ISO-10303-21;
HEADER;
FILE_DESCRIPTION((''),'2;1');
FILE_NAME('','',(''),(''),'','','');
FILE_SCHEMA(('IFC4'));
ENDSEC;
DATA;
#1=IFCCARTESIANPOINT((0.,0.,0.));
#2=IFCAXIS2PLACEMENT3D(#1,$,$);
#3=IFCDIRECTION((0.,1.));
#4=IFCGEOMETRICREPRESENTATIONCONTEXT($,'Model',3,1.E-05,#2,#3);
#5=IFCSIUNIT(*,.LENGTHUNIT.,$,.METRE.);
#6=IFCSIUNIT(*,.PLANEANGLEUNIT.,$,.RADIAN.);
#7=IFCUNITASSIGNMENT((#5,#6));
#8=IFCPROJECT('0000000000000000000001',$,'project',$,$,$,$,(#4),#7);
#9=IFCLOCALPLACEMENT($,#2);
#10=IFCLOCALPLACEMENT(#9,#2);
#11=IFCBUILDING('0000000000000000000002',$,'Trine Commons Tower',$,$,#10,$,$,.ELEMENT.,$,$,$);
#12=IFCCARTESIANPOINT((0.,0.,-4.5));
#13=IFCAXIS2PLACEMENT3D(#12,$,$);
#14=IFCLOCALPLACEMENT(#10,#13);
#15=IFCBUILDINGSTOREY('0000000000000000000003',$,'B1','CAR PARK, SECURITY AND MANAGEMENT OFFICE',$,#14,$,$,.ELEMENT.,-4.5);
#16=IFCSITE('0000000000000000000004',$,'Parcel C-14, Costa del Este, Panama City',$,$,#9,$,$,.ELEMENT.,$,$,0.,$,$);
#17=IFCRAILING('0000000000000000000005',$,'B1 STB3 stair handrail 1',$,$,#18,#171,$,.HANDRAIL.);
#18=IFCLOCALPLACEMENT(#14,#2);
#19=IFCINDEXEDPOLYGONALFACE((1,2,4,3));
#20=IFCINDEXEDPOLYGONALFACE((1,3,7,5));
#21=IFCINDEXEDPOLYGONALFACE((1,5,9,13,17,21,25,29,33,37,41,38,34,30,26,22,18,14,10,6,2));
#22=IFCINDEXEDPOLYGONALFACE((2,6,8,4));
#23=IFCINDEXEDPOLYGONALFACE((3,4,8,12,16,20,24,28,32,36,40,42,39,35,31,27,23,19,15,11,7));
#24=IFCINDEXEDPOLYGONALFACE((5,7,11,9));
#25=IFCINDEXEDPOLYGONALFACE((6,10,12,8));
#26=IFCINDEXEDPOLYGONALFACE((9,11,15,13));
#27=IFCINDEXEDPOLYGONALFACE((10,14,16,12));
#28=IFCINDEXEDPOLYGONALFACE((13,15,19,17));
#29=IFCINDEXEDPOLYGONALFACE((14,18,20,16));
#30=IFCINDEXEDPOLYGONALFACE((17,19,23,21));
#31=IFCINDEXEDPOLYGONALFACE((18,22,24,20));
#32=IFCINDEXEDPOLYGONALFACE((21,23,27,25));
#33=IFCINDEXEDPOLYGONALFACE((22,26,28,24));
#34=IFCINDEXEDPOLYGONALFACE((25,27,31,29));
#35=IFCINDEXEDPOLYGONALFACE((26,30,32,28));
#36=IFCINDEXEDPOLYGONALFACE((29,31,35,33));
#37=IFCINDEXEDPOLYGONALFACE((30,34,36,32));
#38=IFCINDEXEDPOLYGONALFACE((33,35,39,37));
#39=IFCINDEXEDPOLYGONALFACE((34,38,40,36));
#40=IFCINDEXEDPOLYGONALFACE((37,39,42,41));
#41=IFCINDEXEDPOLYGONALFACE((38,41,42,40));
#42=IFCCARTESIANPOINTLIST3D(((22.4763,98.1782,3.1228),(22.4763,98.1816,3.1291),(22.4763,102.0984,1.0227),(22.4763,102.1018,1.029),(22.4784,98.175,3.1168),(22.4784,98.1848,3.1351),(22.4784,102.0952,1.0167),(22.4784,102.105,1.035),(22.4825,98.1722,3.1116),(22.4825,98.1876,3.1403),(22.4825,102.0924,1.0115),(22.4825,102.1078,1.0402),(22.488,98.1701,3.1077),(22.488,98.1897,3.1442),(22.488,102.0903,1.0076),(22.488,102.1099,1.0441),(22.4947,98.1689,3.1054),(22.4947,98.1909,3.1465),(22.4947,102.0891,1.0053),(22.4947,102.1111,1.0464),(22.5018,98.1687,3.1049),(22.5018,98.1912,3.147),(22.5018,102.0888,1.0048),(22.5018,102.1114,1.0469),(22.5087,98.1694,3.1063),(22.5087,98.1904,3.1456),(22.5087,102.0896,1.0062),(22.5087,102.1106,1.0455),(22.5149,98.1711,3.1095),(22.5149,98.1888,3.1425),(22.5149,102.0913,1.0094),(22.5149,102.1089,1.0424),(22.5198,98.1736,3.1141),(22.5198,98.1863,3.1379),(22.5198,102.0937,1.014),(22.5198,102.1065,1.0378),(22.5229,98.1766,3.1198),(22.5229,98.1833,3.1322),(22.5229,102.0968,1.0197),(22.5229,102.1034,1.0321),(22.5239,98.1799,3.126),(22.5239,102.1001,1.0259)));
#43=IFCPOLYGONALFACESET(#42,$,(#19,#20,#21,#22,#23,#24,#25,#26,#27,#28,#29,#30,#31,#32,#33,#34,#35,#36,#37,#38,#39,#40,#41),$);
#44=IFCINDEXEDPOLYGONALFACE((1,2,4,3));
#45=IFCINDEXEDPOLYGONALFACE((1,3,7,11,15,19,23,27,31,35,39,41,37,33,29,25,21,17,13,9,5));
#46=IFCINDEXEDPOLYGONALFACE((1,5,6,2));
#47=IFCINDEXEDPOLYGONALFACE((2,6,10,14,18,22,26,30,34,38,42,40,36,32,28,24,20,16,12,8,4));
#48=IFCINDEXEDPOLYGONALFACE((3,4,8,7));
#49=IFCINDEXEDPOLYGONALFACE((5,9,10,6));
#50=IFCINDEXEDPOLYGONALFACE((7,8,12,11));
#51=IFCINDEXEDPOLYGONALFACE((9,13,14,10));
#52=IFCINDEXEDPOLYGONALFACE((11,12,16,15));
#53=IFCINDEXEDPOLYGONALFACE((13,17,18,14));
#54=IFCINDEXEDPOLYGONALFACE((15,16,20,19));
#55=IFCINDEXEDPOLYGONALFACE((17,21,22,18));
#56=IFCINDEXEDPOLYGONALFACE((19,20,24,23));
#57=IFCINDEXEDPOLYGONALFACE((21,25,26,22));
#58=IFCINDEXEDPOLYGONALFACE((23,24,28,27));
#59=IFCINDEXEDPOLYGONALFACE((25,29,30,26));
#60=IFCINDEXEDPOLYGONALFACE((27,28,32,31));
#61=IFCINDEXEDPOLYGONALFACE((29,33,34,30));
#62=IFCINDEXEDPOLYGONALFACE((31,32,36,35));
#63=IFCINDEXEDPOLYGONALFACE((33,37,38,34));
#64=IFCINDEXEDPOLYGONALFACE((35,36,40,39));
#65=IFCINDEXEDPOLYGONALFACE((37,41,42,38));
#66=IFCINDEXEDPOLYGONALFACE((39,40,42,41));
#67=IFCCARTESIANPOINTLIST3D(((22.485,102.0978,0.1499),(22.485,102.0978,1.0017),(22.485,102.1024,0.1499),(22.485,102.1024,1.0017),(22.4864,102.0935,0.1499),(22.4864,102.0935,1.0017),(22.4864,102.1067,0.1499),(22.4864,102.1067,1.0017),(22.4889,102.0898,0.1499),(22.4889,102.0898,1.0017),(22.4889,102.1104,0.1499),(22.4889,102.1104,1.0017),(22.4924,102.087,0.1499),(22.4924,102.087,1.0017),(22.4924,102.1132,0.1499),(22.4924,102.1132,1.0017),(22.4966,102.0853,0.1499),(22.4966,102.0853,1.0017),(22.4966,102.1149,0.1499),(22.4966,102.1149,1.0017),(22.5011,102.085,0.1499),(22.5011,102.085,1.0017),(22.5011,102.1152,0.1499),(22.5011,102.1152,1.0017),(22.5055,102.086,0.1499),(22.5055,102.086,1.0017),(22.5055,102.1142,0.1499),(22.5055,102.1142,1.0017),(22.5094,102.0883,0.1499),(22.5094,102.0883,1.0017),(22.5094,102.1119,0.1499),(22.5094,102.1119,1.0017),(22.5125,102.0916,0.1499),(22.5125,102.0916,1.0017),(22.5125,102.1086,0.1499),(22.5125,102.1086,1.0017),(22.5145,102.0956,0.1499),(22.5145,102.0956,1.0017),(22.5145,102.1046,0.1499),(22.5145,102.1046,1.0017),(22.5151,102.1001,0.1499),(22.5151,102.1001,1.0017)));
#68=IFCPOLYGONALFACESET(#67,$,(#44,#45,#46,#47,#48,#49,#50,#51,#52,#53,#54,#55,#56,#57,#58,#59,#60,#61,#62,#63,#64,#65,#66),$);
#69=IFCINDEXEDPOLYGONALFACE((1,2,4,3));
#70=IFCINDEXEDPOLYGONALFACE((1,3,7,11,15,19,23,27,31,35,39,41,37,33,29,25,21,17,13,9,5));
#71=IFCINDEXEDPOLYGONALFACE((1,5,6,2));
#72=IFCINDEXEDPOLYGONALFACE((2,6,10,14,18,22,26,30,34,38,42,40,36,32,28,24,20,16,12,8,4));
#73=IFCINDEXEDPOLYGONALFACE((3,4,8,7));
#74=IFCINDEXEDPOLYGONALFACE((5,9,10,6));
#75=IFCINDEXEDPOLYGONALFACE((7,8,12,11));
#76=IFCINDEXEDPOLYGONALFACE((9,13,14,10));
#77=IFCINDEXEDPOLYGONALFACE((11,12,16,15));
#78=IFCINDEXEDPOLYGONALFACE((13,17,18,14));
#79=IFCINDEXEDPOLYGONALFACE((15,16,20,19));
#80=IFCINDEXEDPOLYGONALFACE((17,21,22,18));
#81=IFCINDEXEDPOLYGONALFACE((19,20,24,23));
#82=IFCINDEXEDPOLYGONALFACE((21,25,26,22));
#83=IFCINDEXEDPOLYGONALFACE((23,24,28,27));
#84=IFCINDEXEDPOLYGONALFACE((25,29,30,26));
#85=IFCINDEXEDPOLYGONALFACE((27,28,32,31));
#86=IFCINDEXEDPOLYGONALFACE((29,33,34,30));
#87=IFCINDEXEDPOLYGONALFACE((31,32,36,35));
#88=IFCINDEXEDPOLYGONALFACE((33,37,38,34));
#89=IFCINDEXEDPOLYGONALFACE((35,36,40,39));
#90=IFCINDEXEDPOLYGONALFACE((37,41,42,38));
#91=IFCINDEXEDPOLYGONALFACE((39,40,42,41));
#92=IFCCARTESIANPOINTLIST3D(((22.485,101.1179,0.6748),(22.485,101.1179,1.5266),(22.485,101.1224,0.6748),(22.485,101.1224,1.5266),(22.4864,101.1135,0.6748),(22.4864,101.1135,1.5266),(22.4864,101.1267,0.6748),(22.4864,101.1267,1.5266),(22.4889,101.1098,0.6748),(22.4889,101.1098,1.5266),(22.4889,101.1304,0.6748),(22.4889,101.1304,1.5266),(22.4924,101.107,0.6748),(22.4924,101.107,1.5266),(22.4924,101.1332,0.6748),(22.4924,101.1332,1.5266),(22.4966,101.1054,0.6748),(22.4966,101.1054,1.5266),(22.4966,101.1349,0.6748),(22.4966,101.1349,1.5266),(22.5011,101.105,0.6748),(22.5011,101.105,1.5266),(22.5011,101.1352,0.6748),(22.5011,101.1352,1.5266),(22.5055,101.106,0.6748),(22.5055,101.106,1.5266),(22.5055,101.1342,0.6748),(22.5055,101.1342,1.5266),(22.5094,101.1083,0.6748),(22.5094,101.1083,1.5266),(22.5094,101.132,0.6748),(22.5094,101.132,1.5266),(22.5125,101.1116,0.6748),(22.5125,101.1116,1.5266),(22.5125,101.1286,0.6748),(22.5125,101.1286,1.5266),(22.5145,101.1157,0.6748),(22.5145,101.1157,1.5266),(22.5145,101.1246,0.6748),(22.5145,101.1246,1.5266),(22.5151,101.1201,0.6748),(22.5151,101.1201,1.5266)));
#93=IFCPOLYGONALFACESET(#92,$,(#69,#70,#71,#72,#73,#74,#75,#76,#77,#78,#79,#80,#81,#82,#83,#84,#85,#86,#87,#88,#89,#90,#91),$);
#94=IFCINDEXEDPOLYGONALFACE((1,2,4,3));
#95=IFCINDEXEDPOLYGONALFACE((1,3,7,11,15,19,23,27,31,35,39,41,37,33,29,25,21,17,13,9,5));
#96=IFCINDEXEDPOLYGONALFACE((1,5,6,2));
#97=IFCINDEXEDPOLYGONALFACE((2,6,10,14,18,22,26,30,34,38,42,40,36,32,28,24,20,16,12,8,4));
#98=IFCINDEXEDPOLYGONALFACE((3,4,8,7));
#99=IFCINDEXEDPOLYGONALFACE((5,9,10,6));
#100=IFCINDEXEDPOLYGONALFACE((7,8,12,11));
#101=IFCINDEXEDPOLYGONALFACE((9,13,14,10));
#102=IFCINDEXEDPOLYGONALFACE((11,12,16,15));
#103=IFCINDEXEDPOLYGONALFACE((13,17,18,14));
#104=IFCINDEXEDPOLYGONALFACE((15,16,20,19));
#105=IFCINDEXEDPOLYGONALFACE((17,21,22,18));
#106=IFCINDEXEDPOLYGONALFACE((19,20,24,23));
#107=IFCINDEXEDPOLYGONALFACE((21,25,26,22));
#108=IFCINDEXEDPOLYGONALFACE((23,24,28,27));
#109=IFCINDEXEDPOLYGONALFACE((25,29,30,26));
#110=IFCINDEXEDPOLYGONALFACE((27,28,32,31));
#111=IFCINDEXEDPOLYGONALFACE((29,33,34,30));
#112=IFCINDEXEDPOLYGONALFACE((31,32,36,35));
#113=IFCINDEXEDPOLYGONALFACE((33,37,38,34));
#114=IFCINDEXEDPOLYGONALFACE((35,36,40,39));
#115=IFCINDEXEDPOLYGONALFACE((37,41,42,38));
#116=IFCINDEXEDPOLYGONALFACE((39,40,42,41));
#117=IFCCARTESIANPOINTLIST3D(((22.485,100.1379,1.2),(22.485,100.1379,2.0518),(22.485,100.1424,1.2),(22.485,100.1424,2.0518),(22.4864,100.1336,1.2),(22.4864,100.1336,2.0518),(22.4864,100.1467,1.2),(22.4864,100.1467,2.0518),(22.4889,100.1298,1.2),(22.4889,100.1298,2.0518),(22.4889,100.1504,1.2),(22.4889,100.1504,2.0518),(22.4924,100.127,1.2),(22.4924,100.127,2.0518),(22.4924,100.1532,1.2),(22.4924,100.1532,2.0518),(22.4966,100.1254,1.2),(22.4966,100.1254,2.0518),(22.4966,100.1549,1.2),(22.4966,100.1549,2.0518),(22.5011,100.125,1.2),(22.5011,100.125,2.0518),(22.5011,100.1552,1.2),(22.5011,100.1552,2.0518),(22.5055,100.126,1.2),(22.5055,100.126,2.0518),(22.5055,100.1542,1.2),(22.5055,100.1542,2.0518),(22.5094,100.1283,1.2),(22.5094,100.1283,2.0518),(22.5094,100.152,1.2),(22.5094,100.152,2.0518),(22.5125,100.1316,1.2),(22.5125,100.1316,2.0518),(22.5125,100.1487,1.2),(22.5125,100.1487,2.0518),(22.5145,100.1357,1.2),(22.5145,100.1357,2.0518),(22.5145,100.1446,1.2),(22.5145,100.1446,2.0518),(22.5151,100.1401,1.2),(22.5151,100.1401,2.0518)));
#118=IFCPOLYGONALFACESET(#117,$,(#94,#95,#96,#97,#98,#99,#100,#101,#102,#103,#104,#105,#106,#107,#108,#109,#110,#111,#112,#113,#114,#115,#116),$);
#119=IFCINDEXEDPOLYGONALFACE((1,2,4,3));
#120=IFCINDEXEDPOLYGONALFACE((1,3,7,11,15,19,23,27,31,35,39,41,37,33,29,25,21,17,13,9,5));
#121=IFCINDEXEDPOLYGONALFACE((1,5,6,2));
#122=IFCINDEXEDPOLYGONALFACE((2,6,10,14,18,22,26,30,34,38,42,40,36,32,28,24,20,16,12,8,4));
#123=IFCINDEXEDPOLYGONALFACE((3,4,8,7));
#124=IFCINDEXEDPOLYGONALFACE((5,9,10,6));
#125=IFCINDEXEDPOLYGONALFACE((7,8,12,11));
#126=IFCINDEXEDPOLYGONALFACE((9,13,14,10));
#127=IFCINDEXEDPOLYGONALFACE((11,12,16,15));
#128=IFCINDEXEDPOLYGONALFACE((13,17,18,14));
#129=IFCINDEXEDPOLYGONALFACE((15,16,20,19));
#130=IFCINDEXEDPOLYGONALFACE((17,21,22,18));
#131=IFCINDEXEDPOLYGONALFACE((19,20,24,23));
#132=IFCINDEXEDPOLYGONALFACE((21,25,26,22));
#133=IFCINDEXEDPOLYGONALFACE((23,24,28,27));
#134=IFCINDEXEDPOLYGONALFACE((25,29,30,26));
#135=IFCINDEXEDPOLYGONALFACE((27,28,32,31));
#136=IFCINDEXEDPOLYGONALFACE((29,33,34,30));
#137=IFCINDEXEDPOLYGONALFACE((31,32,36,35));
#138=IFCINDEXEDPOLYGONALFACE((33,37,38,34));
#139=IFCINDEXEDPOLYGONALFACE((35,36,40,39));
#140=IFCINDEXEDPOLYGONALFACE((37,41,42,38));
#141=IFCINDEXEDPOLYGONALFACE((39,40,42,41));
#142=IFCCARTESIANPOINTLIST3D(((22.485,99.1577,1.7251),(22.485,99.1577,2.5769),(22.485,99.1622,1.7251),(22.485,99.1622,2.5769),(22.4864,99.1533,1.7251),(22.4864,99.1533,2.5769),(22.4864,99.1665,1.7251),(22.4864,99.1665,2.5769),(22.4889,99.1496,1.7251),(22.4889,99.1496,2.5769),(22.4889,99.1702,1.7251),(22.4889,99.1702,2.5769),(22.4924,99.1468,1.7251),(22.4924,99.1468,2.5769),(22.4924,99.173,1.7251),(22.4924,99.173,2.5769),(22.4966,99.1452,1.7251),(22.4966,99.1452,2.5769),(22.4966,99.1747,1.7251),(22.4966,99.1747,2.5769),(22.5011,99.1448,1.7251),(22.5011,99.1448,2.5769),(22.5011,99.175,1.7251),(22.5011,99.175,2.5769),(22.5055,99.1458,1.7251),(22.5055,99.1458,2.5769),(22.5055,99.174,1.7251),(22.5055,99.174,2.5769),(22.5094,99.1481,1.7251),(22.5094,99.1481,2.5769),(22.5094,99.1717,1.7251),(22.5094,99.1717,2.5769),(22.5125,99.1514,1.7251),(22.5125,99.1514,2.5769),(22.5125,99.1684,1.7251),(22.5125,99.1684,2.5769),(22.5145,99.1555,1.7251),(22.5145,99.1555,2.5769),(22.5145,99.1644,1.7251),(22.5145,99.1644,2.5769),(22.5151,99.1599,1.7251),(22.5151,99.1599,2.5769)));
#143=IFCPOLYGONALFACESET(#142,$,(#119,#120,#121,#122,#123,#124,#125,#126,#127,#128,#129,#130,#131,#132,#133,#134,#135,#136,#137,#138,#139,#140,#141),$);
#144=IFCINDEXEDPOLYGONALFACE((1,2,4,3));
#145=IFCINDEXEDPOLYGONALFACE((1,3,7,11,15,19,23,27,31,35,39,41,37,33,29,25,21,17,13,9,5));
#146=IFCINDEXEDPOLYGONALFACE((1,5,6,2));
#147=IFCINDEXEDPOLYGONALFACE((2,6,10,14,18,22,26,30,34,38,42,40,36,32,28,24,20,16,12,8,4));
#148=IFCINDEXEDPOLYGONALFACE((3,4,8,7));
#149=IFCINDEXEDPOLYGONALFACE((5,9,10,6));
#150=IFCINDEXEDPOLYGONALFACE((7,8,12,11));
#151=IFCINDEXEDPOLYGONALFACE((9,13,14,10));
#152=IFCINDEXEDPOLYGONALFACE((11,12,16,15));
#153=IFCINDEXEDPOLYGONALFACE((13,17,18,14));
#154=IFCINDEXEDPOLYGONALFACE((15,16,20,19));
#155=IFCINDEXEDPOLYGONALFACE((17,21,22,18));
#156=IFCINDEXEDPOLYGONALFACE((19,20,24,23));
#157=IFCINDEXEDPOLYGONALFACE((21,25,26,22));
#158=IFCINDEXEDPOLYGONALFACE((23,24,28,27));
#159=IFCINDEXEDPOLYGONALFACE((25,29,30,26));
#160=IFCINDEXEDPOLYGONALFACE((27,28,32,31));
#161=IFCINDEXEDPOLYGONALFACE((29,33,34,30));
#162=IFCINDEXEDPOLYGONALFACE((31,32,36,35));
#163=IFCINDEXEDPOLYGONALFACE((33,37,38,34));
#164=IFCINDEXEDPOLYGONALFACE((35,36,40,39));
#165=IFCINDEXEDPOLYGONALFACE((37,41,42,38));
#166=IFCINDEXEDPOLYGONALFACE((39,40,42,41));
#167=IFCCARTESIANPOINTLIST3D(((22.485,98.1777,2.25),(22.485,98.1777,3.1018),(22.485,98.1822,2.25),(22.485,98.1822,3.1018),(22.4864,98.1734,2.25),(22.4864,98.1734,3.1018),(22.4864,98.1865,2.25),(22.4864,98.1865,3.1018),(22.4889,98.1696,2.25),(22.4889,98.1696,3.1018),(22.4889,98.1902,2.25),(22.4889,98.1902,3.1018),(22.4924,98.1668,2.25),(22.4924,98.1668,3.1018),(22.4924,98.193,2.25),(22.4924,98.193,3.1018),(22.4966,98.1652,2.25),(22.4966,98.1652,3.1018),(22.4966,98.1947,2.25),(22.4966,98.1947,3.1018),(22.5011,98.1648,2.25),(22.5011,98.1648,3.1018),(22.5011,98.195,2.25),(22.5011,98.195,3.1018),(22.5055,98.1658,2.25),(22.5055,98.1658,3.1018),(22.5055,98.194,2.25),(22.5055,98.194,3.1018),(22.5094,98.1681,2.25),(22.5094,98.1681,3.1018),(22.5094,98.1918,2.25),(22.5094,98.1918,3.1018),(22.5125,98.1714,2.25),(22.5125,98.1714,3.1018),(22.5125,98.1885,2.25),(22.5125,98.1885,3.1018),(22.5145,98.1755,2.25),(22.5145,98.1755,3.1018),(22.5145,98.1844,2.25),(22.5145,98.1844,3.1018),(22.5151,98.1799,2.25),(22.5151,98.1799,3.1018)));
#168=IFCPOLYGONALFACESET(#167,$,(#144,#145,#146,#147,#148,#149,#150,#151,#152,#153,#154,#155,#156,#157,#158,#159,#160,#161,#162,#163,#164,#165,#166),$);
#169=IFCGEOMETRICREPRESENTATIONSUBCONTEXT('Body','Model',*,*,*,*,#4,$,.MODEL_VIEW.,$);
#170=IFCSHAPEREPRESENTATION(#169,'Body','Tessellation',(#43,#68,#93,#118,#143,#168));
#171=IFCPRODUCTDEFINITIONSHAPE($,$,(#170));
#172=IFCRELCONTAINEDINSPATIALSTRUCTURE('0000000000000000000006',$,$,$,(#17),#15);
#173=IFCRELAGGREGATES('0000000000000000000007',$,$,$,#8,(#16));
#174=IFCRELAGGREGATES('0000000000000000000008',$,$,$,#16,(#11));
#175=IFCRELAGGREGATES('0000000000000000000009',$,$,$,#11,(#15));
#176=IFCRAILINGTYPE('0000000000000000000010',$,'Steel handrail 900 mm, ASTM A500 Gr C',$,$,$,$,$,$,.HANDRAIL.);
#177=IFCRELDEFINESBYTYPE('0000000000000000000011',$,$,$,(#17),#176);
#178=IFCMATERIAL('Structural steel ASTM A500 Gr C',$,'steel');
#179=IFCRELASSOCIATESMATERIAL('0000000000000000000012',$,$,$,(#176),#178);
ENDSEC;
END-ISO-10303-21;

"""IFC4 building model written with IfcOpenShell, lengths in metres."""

from ifc_helpers import new_model, si_unit, direction, frame, origin, origin_2d, place, context, subcontext, project, spatial, circle, extrude, material, type_object, element, save


model = new_model("IFC4")

# Units and contexts
model_context = context("Model", 3, precision=1e-05, world=origin(), true_north=direction((0.0, 1.0)))
body_context = subcontext(model_context, "Body", "Model", "MODEL_VIEW")
ifc_project = project(units=[si_unit("LENGTHUNIT", "METRE"), si_unit("PLANEANGLEUNIT", "RADIAN")], contexts=[model_context])

# Site, building, storey
site_placement = place(None, origin())
site = spatial("IfcSite", under=ifc_project, at=site_placement, Name="Parcel C-14, Costa del Este, Panama City", CompositionType="ELEMENT", RefElevation=0.0)
building_placement = place(site_placement, origin())
building = spatial("IfcBuilding", under=site, at=building_placement, Name="Trine Commons Tower", CompositionType="ELEMENT")
storey_placement = place(building_placement, frame((0.0, 0.0, -4.5)))
storey = spatial("IfcBuildingStorey", under=building, at=storey_placement, Name="B1", Description="CAR PARK, SECURITY AND MANAGEMENT OFFICE", CompositionType="ELEMENT", Elevation=-4.5)

# Railing
ifc_material_1 = material(Name="Structural steel ASTM A500 Gr C", Category="steel")
railing_type_1 = type_object("IfcRailingType", Name="Steel handrail 900 mm, ASTM A500 Gr C", PredefinedType="HANDRAIL", material=ifc_material_1)
railing_1_placement = place(storey_placement, frame((22.5, 102.1001, 0.1499)))
element("IfcRailing", 1, at=railing_1_placement, inside=storey, type_object=railing_type_1, Name="B1 STB3 stair handrail 1", PredefinedType="HANDRAIL", context=body_context, shape_type="SweptSolid", body=[
    extrude(circle(Radius=0.0239, at=origin_2d()), frame((0.0, 0.0, 0.876), z_axis=(0.0, -0.881479, 0.472223), x_axis=(1.0, 0.0, 0.0)), (0.0, 0.0, 1.0), 4.4473),
    extrude(circle(Radius=0.0151, at=origin_2d()), origin(), (0.0, 0.0, 1.0), 0.8518),
    extrude(circle(Radius=0.0151, at=origin_2d()), frame((0.0, -0.98, 0.5249)), (0.0, 0.0, 1.0), 0.8518),
    extrude(circle(Radius=0.0151, at=origin_2d()), frame((0.0, -1.96, 1.05)), (0.0, 0.0, 1.0), 0.8518),
    extrude(circle(Radius=0.0151, at=origin_2d()), frame((0.0, -2.9402, 1.5752)), (0.0, 0.0, 1.0), 0.8518),
    extrude(circle(Radius=0.0151, at=origin_2d()), frame((0.0, -3.9202, 2.1001)), (0.0, 0.0, 1.0), 0.8518),
])

save(model, "model.ifc")
